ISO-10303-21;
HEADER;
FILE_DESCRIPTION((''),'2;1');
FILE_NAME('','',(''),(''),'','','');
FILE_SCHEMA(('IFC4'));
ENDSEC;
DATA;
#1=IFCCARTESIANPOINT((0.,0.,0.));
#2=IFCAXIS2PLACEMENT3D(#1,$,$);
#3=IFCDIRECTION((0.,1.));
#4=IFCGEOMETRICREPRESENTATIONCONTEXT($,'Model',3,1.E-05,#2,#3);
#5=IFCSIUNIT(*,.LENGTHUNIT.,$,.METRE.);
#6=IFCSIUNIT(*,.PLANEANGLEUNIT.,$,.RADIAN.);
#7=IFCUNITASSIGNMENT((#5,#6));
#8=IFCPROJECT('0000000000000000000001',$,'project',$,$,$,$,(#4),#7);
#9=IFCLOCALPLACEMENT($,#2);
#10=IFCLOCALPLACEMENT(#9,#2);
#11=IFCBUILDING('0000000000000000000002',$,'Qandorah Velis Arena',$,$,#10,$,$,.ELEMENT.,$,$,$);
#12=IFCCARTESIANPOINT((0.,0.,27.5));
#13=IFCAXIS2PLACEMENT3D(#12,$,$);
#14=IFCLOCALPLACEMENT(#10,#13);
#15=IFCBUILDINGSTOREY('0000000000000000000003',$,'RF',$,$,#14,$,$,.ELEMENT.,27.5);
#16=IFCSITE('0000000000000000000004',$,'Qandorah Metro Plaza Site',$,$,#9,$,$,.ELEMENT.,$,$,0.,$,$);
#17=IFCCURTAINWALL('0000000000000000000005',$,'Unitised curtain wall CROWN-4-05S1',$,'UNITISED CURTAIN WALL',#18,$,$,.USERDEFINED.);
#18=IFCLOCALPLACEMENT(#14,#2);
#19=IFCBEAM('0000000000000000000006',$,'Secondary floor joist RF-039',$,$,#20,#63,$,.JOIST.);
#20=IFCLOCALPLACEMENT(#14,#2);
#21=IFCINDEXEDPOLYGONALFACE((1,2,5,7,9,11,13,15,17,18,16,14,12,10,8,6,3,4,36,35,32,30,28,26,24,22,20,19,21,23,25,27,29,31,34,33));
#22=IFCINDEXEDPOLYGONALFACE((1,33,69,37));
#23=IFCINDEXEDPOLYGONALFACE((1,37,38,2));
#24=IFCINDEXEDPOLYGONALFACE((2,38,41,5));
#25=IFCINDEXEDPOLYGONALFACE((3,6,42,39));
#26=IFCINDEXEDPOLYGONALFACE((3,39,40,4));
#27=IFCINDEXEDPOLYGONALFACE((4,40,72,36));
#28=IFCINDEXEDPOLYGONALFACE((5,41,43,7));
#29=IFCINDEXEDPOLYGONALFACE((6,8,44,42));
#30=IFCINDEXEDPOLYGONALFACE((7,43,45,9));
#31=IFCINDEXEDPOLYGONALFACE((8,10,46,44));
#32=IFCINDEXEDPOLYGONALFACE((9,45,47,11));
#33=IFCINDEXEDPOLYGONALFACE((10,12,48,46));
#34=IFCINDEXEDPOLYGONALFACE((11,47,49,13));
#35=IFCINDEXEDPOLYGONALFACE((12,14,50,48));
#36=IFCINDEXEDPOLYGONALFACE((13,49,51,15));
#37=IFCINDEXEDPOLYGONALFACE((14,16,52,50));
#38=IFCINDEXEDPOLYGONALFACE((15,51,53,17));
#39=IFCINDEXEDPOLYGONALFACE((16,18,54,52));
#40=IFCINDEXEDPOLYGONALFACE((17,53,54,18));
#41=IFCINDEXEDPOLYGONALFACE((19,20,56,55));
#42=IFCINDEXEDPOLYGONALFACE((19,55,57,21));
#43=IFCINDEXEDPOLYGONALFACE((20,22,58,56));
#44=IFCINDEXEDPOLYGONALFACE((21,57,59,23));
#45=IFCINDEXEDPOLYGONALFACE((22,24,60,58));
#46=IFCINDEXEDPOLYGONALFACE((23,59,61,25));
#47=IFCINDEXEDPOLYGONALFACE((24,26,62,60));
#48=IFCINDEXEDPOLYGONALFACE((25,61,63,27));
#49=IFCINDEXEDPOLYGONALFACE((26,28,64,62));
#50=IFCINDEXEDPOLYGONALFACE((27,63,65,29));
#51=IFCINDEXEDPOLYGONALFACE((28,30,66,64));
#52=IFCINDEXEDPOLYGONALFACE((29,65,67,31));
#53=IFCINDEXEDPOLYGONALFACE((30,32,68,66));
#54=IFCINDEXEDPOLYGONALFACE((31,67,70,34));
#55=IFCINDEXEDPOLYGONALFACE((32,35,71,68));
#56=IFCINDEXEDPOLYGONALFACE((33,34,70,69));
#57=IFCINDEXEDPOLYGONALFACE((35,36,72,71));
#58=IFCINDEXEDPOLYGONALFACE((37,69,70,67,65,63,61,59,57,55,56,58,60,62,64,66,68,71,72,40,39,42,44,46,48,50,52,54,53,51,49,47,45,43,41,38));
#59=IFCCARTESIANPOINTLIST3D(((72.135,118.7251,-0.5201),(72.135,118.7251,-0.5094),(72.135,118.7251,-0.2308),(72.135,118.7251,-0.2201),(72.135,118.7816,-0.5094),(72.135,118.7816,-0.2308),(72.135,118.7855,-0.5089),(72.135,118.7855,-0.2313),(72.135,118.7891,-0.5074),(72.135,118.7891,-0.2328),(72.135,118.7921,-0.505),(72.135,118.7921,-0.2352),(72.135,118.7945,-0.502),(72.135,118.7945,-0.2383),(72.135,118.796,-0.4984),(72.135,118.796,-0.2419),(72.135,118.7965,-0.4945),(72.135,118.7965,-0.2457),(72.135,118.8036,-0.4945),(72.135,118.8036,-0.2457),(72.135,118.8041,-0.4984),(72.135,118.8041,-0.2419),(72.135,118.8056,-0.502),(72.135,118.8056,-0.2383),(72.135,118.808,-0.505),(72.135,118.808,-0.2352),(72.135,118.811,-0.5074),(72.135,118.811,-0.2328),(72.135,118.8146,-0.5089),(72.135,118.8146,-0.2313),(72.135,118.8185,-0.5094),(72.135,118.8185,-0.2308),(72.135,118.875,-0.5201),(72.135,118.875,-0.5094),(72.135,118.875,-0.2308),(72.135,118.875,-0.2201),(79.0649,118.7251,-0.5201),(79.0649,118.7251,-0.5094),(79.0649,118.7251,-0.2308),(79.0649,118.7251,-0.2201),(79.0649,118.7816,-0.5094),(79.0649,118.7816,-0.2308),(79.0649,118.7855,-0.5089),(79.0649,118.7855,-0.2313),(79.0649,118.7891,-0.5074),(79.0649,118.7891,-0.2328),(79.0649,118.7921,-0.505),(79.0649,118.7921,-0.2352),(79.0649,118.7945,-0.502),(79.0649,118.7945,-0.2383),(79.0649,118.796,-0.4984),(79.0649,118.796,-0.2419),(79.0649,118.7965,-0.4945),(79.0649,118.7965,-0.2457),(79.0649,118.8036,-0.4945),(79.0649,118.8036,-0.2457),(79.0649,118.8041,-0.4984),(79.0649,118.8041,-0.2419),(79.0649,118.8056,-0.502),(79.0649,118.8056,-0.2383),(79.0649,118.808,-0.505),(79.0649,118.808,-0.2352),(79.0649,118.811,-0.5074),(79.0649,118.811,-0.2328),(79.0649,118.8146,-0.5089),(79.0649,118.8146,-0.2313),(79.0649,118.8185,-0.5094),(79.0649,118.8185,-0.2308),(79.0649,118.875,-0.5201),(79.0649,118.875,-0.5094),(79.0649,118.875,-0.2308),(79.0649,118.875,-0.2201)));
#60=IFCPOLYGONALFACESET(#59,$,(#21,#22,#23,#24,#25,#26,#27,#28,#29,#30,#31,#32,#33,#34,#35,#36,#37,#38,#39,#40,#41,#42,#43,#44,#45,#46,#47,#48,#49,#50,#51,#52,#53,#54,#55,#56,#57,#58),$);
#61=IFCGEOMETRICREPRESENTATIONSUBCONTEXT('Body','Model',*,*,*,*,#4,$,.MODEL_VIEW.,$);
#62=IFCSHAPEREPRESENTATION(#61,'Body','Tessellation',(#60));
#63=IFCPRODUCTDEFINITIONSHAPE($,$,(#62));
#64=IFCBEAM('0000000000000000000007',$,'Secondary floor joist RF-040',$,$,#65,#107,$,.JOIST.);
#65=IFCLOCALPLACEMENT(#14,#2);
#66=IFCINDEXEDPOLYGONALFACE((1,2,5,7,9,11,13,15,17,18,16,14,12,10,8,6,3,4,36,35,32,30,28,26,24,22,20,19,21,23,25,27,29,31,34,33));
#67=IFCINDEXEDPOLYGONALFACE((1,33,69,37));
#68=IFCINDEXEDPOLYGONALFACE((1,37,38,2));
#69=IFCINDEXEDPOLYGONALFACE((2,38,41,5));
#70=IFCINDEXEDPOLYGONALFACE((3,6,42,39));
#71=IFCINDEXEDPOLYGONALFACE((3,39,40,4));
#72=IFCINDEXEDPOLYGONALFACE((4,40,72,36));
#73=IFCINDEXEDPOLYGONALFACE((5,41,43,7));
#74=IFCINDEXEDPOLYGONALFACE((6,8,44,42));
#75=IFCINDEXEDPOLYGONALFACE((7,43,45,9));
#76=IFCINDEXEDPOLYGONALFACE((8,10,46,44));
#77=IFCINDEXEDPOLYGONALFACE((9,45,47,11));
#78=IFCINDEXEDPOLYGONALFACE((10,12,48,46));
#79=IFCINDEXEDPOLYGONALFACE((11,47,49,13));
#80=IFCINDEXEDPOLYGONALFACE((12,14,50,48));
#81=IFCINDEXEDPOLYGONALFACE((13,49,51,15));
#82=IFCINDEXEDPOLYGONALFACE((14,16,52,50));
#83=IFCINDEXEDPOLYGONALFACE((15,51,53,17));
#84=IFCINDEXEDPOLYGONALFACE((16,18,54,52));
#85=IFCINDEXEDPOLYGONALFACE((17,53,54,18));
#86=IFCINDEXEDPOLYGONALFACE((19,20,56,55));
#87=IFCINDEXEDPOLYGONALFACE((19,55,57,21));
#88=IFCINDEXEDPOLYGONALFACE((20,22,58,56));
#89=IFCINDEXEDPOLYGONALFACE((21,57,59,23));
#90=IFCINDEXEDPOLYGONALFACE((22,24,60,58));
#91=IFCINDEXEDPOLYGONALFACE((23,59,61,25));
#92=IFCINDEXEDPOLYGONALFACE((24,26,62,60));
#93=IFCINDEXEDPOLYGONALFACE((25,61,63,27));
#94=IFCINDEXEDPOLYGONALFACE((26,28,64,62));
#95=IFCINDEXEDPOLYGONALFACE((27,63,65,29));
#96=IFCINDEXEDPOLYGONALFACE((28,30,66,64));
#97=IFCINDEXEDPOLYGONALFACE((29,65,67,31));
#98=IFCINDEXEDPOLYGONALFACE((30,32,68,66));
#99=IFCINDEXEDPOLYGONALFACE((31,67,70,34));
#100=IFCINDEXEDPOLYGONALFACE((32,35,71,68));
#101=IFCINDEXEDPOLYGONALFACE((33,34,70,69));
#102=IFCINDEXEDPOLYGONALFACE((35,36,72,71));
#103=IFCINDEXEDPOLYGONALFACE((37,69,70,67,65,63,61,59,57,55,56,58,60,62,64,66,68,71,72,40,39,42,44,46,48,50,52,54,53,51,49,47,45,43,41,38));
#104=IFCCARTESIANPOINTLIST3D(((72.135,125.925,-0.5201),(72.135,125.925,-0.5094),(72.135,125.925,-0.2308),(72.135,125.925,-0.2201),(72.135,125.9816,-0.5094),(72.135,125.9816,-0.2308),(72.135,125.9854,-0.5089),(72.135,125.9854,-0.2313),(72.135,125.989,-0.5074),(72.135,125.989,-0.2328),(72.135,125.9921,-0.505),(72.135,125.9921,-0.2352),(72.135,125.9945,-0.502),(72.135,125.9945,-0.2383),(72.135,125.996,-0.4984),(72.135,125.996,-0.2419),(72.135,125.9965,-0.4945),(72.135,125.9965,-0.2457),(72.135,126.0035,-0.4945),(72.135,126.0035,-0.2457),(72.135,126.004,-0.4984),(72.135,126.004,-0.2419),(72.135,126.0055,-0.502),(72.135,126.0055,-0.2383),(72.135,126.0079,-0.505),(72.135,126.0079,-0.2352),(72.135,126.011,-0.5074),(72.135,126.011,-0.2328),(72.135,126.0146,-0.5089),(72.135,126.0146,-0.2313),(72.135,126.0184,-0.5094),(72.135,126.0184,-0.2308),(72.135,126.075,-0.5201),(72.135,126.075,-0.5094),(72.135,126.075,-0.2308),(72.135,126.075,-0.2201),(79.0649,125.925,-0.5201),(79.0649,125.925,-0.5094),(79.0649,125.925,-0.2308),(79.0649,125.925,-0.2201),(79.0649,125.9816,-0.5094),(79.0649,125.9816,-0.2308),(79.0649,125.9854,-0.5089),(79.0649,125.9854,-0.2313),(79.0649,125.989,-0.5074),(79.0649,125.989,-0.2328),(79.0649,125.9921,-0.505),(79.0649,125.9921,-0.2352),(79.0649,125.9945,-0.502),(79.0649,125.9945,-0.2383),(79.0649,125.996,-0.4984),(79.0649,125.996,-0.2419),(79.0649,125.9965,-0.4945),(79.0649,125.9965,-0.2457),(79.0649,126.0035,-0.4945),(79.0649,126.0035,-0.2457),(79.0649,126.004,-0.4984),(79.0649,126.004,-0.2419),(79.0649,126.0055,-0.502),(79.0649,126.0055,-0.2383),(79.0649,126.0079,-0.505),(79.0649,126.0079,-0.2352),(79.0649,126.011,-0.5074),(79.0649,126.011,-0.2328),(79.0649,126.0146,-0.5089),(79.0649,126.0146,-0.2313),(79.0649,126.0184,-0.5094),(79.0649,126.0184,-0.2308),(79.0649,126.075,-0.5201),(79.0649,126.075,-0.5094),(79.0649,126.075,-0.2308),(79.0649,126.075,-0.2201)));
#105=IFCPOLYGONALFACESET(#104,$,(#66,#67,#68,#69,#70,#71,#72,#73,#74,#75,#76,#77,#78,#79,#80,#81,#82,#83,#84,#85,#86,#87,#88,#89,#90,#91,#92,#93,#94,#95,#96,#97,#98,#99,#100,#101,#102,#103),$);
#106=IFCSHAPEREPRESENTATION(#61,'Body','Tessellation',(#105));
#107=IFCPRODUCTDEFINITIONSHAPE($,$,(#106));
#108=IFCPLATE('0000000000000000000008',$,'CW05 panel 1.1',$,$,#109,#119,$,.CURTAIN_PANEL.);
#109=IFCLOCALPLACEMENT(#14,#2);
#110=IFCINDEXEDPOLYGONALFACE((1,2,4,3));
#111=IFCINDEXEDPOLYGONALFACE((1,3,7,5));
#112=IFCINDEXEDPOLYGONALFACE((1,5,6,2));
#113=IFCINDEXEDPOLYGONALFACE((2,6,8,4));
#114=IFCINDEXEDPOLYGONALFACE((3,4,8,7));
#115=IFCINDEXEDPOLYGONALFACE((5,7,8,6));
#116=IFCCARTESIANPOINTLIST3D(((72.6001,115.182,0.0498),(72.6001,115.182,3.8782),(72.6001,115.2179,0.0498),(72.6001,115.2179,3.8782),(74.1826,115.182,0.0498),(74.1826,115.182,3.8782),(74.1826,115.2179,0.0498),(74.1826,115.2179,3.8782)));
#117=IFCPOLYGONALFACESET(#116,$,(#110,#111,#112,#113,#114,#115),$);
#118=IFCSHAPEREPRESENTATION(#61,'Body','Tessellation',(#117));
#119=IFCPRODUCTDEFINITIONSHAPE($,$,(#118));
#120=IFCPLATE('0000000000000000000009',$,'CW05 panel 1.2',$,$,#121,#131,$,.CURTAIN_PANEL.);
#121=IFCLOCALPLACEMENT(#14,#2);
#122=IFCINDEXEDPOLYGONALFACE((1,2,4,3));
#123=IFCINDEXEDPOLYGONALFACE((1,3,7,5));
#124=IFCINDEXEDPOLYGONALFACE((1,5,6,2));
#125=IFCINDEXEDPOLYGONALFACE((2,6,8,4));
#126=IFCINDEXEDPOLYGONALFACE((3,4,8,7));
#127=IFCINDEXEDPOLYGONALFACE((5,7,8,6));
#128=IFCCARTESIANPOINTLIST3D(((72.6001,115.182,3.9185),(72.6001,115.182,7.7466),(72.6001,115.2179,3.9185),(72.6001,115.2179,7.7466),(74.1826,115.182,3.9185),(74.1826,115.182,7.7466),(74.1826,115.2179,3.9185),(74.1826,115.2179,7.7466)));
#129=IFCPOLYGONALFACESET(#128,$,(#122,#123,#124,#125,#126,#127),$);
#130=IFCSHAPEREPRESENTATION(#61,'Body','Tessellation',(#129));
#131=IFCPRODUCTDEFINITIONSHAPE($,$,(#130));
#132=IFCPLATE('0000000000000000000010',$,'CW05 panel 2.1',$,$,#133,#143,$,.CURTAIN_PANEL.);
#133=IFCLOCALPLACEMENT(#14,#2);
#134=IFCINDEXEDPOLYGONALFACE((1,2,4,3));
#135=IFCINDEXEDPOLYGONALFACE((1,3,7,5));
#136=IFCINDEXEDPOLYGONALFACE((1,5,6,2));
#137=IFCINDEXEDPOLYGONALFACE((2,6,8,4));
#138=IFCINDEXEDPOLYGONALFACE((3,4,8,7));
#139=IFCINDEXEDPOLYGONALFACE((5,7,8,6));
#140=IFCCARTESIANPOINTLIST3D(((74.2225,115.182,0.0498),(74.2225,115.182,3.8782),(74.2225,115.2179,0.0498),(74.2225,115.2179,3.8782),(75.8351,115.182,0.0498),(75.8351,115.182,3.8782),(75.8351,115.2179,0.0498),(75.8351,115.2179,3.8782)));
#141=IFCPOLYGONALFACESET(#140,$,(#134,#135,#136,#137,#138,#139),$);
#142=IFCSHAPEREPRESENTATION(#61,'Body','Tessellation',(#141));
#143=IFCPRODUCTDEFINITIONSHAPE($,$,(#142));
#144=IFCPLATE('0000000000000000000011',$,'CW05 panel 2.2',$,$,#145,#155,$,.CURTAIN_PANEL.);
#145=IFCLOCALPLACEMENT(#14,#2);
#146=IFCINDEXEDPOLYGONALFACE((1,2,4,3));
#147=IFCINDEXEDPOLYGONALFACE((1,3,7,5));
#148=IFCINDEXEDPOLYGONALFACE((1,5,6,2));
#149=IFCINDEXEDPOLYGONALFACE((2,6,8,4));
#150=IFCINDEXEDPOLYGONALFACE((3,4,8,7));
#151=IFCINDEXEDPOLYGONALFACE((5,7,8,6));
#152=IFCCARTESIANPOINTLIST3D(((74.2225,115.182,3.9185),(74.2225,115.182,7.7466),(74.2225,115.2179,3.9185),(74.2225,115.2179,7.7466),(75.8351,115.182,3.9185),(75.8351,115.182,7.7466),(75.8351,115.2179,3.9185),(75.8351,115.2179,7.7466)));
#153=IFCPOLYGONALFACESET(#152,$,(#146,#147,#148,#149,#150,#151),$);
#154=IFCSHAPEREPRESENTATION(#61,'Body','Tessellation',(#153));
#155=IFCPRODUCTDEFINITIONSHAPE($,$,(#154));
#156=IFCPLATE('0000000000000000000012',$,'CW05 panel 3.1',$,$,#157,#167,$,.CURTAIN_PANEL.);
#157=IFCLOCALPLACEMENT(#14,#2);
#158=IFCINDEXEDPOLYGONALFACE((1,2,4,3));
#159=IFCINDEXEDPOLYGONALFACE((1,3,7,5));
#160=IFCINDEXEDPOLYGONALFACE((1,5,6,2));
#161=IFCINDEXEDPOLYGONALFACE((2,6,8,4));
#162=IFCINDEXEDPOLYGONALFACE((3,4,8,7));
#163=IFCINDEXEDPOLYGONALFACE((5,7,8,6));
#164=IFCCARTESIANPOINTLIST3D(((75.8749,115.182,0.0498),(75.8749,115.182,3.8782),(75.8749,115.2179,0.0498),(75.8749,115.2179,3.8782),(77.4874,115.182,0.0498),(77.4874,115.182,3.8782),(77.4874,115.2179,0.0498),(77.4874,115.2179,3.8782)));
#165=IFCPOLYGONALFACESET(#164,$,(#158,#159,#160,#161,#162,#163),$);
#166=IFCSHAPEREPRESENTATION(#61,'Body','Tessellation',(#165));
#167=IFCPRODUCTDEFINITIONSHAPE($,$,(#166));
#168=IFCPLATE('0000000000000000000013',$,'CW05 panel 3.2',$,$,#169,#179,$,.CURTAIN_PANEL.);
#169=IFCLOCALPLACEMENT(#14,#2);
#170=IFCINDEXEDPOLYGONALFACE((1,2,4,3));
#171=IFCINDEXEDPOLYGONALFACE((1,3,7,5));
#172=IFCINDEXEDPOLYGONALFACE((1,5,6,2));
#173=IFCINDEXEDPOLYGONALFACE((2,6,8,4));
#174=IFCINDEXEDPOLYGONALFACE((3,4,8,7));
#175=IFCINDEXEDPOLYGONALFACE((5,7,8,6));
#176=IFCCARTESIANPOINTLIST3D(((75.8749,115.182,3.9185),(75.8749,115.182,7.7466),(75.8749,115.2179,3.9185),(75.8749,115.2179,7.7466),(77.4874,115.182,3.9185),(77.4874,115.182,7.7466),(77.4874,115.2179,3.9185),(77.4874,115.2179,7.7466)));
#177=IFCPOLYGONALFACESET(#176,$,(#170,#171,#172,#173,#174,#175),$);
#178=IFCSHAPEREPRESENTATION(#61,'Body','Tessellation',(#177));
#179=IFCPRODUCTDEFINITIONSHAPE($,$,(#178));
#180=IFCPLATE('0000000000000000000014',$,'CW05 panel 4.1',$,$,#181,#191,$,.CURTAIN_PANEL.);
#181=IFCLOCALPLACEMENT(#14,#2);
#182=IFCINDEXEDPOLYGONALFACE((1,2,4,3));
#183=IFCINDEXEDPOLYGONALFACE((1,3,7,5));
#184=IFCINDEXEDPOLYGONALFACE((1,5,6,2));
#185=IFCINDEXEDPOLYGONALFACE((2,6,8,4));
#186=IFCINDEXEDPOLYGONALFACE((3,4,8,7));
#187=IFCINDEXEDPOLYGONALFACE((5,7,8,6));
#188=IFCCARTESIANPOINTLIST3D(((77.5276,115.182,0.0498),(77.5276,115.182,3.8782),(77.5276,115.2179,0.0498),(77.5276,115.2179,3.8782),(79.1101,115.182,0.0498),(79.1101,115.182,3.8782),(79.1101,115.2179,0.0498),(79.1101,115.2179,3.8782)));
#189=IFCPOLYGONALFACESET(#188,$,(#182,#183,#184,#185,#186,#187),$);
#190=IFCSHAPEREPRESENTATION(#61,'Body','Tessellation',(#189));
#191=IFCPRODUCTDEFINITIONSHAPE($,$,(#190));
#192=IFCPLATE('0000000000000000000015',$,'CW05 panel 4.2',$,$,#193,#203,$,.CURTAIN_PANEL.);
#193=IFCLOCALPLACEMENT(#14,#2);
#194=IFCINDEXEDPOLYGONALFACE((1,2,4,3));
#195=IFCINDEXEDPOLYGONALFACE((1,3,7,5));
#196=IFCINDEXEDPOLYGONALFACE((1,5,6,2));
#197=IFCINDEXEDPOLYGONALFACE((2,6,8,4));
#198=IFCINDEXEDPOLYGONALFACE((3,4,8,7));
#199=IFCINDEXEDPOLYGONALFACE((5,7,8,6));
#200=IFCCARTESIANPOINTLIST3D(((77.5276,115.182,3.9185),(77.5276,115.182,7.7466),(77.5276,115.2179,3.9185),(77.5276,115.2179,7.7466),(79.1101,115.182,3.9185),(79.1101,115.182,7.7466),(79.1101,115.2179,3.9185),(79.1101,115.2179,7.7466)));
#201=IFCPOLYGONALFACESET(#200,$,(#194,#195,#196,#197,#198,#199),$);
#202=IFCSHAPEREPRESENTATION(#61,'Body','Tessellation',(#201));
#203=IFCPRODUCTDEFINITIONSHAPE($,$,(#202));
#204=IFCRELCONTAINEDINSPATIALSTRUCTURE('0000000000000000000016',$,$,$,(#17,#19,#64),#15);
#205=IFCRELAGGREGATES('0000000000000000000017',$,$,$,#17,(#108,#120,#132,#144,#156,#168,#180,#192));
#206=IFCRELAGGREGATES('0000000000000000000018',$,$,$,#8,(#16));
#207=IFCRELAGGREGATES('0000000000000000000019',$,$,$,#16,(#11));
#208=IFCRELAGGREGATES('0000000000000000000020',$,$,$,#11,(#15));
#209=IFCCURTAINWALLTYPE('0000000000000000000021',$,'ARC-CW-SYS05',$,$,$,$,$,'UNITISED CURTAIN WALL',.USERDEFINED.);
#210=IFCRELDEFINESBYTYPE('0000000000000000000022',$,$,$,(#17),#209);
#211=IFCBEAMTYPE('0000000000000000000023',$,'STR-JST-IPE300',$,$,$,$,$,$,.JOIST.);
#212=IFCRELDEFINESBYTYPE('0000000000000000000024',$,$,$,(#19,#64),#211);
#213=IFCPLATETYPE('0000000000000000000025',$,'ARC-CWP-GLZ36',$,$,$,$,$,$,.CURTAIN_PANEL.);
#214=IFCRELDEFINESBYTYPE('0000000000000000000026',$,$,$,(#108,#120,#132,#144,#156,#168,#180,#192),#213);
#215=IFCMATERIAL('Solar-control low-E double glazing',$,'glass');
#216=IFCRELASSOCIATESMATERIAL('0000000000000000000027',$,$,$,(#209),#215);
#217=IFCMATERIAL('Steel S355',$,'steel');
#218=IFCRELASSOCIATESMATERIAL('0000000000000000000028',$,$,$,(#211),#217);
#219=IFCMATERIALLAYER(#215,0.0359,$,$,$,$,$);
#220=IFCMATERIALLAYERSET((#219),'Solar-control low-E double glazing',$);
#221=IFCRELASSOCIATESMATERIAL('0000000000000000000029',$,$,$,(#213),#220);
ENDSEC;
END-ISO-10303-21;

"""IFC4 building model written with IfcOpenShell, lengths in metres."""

from ifc_helpers import new_model, si_unit, direction, frame, origin, origin_2d, place, context, subcontext, project, spatial, rectangle, i_section, extrude, material, layer, layer_set, material_profile, profile_set, type_object, element, aggregate, save


model = new_model("IFC4")

# Units and contexts
model_context = context("Model", 3, precision=1e-05, world=origin(), true_north=direction((0.0, 1.0)))
body_context = subcontext(model_context, "Body", "Model", "MODEL_VIEW")
ifc_project = project(units=[si_unit("LENGTHUNIT", "METRE"), si_unit("PLANEANGLEUNIT", "RADIAN")], contexts=[model_context])

# Site, building, storey
site_placement = place(None, origin())
site = spatial("IfcSite", under=ifc_project, at=site_placement, Name="Qandorah Metro Plaza Site", CompositionType="ELEMENT", RefElevation=0.0)
building_placement = place(site_placement, origin())
building = spatial("IfcBuilding", under=site, at=building_placement, Name="Qandorah Velis Arena", CompositionType="ELEMENT")
storey_placement = place(building_placement, frame((0.0, 0.0, 27.5)))
storey = spatial("IfcBuildingStorey", under=building, at=storey_placement, Name="RF", CompositionType="ELEMENT", Elevation=27.5)

# Curtain wall
ifc_material_1 = material(Name="Solar-control low-E double glazing", Category="glass")
curtain_wall_type = type_object("IfcCurtainWallType", Name="ARC-CW-SYS05", ElementType="UNITISED CURTAIN WALL", PredefinedType="USERDEFINED", material=ifc_material_1)
curtain_wall_placement = place(storey_placement, origin())
curtain_wall = element("IfcCurtainWall", 1, at=curtain_wall_placement, inside=storey, type_object=curtain_wall_type, Name="Unitised curtain wall CROWN-4-05S1", ObjectType="UNITISED CURTAIN WALL", PredefinedType="USERDEFINED")

# Beams
ifc_material_2 = material(Name="Steel S355", Category="steel")
ifc_material_profile_1 = material_profile(ifc_material_2, i_section(OverallWidth=0.1499, OverallDepth=0.3, WebThickness=0.0071, FlangeThickness=0.0107, FilletRadius=0.0149, at=origin_2d()), Name="IPE 300")
ifc_profile_set_1 = profile_set([ifc_material_profile_1], Name="Steel S355")
beam_type_1 = type_object("IfcBeamType", Name="STR-JST-IPE300", PredefinedType="JOIST", material=ifc_profile_set_1)
for number, where, z_axis, x_axis, name in (
    (2, (72.135, 118.8, -0.3701), (1.0, 0.0, 0.0), (0.0, 1.0, 0.0), "Secondary floor joist RF-039"),
    (3, (72.135, 126.0, -0.3701), (1.0, 0.0, 0.0), (0.0, 1.0, 0.0), "Secondary floor joist RF-040"),
):
    element("IfcBeam", number, at=place(storey_placement, frame(where, z_axis=z_axis, x_axis=x_axis)), inside=storey, type_object=beam_type_1, Name=name, PredefinedType="JOIST", context=body_context, shape_type="SweptSolid", body=[
        extrude(i_section(OverallWidth=0.1499, OverallDepth=0.3, WebThickness=0.0071, FlangeThickness=0.0107, FilletRadius=0.0149, at=origin_2d()), origin(), (0.0, 0.0, 1.0), 6.9299),
    ])

# Plates
ifc_layer_1 = layer(ifc_material_1, 0.0359)
ifc_layer_set_1 = layer_set([ifc_layer_1], Name="Solar-control low-E double glazing")
plate_type = type_object("IfcPlateType", Name="ARC-CWP-GLZ36", PredefinedType="CURTAIN_PANEL", material=ifc_layer_set_1)
plate_1_placement = place(storey_placement, frame((73.3914, 115.2, 0.0498), z_axis=(0.0, 0.0, 1.0), x_axis=(1.0, 0.0, 0.0)))
plate_1 = element("IfcPlate", 4, at=plate_1_placement, type_object=plate_type, Name="CW05 panel 1.1", PredefinedType="CURTAIN_PANEL", context=body_context, shape_type="SweptSolid", body=[
    extrude(rectangle(XDim=1.5825, YDim=0.0359, at=origin_2d()), origin(), (0.0, 0.0, 1.0), 3.8284),
])
plate_2_placement = place(storey_placement, frame((73.3914, 115.2, 3.9185), z_axis=(0.0, 0.0, 1.0), x_axis=(1.0, 0.0, 0.0)))
plate_2 = element("IfcPlate", 5, at=plate_2_placement, type_object=plate_type, Name="CW05 panel 1.2", PredefinedType="CURTAIN_PANEL", context=body_context, shape_type="SweptSolid", body=[
    extrude(rectangle(XDim=1.5825, YDim=0.0359, at=origin_2d()), origin(), (0.0, 0.0, 1.0), 3.8281),
])
plate_3_placement = place(storey_placement, frame((75.0288, 115.2, 0.0498), z_axis=(0.0, 0.0, 1.0), x_axis=(1.0, 0.0, 0.0)))
plate_3 = element("IfcPlate", 6, at=plate_3_placement, type_object=plate_type, Name="CW05 panel 2.1", PredefinedType="CURTAIN_PANEL", context=body_context, shape_type="SweptSolid", body=[
    extrude(rectangle(XDim=1.6125, YDim=0.0359, at=origin_2d()), origin(), (0.0, 0.0, 1.0), 3.8284),
])
plate_4_placement = place(storey_placement, frame((75.0288, 115.2, 3.9185), z_axis=(0.0, 0.0, 1.0), x_axis=(1.0, 0.0, 0.0)))
plate_4 = element("IfcPlate", 7, at=plate_4_placement, type_object=plate_type, Name="CW05 panel 2.2", PredefinedType="CURTAIN_PANEL", context=body_context, shape_type="SweptSolid", body=[
    extrude(rectangle(XDim=1.6125, YDim=0.0359, at=origin_2d()), origin(), (0.0, 0.0, 1.0), 3.8281),
])
plate_5_placement = place(storey_placement, frame((76.6812, 115.2, 0.0498), z_axis=(0.0, 0.0, 1.0), x_axis=(1.0, 0.0, 0.0)))
plate_5 = element("IfcPlate", 8, at=plate_5_placement, type_object=plate_type, Name="CW05 panel 3.1", PredefinedType="CURTAIN_PANEL", context=body_context, shape_type="SweptSolid", body=[
    extrude(rectangle(XDim=1.6125, YDim=0.0359, at=origin_2d()), origin(), (0.0, 0.0, 1.0), 3.8284),
])
plate_6_placement = place(storey_placement, frame((76.6812, 115.2, 3.9185), z_axis=(0.0, 0.0, 1.0), x_axis=(1.0, 0.0, 0.0)))
plate_6 = element("IfcPlate", 9, at=plate_6_placement, type_object=plate_type, Name="CW05 panel 3.2", PredefinedType="CURTAIN_PANEL", context=body_context, shape_type="SweptSolid", body=[
    extrude(rectangle(XDim=1.6125, YDim=0.0359, at=origin_2d()), origin(), (0.0, 0.0, 1.0), 3.8281),
])
plate_7_placement = place(storey_placement, frame((78.3188, 115.2, 0.0498), z_axis=(0.0, 0.0, 1.0), x_axis=(1.0, 0.0, 0.0)))
plate_7 = element("IfcPlate", 10, at=plate_7_placement, type_object=plate_type, Name="CW05 panel 4.1", PredefinedType="CURTAIN_PANEL", context=body_context, shape_type="SweptSolid", body=[
    extrude(rectangle(XDim=1.5825, YDim=0.0359, at=origin_2d()), origin(), (0.0, 0.0, 1.0), 3.8284),
])
plate_8_placement = place(storey_placement, frame((78.3188, 115.2, 3.9185), z_axis=(0.0, 0.0, 1.0), x_axis=(1.0, 0.0, 0.0)))
plate_8 = element("IfcPlate", 11, at=plate_8_placement, type_object=plate_type, Name="CW05 panel 4.2", PredefinedType="CURTAIN_PANEL", context=body_context, shape_type="SweptSolid", body=[
    extrude(rectangle(XDim=1.5825, YDim=0.0359, at=origin_2d()), origin(), (0.0, 0.0, 1.0), 3.8281),
])
aggregate(curtain_wall, [plate_1, plate_2, plate_3, plate_4, plate_5, plate_6, plate_7, plate_8])

save(model, "model.ifc")
